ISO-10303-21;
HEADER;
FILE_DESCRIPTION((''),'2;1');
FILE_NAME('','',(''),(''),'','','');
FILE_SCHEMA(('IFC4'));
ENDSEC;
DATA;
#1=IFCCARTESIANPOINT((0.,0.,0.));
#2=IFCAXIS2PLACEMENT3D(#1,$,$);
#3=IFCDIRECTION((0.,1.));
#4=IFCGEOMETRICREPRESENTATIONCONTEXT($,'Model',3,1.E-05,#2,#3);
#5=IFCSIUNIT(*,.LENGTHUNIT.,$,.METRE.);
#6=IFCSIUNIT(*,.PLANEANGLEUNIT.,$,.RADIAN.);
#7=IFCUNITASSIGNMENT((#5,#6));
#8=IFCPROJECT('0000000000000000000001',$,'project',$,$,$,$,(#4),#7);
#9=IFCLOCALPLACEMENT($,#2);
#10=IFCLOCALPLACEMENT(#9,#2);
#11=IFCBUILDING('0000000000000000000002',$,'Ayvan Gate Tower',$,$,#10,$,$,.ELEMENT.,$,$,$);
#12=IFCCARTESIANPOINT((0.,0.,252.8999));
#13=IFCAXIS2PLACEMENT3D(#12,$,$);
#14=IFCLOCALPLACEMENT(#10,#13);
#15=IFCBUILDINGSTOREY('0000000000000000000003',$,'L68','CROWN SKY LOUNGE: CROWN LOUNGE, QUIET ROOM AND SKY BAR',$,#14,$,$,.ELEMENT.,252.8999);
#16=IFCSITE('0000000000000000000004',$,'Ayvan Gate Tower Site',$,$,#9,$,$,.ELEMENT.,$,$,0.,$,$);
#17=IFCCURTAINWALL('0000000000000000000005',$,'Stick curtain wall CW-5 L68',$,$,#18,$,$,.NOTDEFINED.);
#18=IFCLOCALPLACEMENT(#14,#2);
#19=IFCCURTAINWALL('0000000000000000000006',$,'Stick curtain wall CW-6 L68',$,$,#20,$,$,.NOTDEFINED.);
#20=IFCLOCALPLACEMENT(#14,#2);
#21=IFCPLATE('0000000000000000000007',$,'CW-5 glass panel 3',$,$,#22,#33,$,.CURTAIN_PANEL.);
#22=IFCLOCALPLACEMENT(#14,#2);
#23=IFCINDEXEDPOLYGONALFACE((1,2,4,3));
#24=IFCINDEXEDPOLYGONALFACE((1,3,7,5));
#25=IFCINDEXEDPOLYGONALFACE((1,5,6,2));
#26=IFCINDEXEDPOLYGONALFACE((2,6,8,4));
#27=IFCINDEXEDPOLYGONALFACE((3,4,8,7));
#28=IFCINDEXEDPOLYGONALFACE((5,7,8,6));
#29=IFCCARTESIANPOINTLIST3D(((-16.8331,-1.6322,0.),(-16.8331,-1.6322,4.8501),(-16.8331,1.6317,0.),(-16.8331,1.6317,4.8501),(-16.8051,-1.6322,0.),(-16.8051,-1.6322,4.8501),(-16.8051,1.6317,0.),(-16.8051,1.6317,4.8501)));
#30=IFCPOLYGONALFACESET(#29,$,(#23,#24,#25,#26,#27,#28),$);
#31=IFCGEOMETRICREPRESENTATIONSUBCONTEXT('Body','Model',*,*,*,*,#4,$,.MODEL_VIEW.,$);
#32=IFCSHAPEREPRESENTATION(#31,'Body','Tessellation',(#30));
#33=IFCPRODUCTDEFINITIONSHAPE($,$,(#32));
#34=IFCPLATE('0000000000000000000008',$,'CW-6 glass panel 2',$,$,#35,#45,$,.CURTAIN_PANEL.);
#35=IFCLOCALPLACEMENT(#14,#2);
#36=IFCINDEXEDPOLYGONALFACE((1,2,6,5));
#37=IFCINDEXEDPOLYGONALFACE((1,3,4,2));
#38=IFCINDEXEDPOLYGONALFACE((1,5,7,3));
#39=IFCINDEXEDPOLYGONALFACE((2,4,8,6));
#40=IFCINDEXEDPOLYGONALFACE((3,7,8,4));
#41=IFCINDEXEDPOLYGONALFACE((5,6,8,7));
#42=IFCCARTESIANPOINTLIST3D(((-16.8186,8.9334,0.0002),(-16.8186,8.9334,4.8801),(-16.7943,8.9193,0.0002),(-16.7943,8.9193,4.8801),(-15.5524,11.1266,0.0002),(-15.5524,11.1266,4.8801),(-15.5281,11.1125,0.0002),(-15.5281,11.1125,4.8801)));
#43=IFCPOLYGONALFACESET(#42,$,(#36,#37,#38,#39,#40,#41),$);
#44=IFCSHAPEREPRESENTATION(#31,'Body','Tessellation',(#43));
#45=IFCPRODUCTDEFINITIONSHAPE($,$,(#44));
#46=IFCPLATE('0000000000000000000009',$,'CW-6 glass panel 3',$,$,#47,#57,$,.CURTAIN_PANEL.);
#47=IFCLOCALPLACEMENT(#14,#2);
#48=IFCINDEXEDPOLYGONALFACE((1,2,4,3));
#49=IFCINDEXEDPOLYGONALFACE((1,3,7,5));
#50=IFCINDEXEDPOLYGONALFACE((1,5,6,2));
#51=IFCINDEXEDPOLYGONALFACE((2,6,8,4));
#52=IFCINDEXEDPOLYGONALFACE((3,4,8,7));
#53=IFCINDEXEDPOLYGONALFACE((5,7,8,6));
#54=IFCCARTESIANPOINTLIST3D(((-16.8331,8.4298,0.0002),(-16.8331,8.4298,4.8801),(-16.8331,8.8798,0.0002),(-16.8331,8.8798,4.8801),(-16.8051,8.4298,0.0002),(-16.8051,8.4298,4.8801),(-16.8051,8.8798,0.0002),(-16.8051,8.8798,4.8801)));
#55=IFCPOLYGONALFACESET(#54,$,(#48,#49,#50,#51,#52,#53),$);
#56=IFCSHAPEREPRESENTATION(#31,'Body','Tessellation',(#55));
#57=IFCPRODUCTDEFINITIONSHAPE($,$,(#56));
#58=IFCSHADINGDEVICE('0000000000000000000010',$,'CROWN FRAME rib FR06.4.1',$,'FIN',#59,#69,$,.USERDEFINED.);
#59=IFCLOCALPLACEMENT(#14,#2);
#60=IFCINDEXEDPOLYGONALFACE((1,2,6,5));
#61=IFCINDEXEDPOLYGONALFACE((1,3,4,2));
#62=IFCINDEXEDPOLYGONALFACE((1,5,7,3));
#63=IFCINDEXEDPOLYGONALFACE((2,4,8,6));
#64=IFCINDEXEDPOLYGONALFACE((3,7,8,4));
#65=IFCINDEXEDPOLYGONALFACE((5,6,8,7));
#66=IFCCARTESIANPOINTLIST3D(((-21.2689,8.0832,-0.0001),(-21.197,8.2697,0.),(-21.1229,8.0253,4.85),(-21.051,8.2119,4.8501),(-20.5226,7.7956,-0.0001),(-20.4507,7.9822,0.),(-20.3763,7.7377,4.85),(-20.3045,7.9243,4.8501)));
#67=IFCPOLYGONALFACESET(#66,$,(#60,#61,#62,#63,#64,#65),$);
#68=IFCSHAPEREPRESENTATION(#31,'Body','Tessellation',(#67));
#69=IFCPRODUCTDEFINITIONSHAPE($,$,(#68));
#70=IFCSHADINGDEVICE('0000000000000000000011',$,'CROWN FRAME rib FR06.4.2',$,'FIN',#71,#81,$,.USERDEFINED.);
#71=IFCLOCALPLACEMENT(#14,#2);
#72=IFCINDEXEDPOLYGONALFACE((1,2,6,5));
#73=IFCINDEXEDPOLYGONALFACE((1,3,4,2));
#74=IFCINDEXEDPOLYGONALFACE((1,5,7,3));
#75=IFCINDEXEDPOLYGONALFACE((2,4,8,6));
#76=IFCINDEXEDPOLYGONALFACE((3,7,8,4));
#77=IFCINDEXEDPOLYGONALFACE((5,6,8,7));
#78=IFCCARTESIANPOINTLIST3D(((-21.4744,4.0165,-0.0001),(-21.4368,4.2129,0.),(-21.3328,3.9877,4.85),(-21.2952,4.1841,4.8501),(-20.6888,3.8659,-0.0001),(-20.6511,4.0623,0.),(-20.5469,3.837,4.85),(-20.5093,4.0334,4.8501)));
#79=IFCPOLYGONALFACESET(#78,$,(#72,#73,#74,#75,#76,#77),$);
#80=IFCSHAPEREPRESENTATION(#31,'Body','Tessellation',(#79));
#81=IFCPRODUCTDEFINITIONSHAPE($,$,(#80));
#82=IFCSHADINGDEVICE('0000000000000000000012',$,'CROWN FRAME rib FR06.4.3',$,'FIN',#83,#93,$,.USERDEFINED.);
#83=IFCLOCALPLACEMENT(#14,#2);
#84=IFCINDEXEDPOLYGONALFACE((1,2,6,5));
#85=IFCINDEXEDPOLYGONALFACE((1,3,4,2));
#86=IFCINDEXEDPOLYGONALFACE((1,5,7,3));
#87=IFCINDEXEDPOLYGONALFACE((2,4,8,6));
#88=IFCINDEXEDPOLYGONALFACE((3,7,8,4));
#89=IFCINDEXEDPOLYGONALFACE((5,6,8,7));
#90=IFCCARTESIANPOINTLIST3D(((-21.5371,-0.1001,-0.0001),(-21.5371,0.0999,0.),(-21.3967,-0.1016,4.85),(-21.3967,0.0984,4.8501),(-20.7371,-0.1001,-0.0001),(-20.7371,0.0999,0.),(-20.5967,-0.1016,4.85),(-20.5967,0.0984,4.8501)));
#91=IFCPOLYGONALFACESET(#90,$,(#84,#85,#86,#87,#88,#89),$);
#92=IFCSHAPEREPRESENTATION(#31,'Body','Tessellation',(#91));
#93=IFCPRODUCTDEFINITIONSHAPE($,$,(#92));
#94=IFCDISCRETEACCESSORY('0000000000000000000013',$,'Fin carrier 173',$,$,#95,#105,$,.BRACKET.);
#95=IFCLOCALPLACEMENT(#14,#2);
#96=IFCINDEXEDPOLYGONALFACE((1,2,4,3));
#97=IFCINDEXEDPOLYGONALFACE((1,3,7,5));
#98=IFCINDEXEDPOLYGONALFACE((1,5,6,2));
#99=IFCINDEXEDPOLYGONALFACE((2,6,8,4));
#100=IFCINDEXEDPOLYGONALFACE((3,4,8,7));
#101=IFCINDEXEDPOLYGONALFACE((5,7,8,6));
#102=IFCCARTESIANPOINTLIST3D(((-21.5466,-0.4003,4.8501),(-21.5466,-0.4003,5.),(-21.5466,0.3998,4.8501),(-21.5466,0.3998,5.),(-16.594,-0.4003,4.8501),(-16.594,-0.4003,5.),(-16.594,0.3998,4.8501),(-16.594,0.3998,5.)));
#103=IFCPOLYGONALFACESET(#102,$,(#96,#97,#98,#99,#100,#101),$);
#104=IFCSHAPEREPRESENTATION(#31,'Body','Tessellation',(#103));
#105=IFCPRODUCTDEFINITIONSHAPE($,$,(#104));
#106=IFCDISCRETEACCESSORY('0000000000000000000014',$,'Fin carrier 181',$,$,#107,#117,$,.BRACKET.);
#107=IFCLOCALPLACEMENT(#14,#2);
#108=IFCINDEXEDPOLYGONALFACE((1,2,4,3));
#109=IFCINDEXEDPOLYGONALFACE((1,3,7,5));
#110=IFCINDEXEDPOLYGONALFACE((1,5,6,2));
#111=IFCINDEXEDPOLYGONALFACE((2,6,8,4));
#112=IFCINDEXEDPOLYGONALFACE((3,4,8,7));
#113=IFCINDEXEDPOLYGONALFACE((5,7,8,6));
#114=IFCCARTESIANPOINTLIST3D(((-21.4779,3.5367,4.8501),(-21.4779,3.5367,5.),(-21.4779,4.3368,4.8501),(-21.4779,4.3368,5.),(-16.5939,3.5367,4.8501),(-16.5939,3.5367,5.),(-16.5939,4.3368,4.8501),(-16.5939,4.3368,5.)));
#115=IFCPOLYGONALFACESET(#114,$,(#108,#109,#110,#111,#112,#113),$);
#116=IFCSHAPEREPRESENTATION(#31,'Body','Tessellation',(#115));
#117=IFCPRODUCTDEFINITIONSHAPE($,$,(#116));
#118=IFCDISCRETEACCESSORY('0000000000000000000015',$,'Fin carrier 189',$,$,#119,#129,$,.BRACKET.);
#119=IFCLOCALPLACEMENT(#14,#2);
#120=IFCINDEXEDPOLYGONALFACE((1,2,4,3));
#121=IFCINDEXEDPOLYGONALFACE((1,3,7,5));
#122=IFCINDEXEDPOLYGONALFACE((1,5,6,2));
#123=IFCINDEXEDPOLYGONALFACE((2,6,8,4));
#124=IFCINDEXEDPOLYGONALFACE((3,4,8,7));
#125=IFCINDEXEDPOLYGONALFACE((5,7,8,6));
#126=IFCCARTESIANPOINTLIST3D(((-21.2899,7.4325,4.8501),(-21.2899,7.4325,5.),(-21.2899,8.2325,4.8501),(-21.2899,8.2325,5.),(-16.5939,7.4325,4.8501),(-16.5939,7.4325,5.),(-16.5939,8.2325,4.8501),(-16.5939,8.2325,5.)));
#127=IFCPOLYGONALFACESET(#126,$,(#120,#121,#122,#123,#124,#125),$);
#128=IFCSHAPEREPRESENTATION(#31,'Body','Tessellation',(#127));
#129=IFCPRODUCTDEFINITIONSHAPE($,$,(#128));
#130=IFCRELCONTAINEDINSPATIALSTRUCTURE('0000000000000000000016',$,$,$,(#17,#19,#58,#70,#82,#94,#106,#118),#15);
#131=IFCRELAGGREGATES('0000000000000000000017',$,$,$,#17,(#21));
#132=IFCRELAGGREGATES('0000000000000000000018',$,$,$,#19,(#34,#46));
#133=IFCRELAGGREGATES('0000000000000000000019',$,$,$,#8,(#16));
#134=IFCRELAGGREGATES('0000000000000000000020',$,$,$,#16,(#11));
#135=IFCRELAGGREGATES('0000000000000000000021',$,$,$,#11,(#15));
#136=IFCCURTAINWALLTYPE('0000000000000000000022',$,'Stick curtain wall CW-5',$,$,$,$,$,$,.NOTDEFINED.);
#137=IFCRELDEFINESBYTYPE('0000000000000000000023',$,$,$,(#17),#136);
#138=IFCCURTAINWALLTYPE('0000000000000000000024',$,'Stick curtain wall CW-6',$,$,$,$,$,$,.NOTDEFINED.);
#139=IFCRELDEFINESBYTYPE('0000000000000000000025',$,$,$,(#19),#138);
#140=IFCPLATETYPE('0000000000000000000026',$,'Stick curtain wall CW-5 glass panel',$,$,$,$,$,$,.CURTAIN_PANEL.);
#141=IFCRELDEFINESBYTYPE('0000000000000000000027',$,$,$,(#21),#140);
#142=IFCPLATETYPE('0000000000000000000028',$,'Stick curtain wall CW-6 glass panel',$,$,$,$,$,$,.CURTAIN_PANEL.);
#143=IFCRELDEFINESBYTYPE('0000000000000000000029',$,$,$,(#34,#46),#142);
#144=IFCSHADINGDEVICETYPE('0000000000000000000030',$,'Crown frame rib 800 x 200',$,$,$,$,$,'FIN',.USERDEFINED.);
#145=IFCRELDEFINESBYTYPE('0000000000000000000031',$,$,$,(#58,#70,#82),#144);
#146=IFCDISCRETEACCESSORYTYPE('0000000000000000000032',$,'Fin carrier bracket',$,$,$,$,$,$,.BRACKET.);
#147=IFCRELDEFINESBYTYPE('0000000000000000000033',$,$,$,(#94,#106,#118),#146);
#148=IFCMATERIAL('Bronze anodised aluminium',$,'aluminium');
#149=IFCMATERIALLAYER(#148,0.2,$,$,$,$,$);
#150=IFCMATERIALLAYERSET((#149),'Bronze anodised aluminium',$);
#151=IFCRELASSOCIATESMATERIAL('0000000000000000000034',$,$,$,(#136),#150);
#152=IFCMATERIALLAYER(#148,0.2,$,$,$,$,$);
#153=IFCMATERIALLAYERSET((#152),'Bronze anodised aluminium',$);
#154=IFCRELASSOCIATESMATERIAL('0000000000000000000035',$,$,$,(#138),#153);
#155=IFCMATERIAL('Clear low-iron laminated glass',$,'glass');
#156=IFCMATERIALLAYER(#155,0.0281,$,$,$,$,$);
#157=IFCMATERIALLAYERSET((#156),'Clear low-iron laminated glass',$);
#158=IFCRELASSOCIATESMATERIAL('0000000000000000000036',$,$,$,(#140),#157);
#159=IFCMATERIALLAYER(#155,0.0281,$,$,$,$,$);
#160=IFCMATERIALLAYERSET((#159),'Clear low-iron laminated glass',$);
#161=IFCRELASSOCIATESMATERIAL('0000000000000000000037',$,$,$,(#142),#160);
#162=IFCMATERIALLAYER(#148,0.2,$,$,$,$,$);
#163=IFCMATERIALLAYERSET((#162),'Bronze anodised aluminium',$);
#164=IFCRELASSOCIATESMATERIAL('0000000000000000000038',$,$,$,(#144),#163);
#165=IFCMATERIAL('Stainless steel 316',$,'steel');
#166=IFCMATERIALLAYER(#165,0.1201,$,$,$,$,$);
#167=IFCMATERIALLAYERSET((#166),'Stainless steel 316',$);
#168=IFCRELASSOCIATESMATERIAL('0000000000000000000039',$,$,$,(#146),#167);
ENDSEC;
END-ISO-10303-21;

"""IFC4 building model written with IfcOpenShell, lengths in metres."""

from ifc_helpers import new_model, si_unit, direction, frame, origin, origin_2d, place, context, subcontext, project, spatial, polyline, rectangle, outline, extrude, material, layer, layer_set, type_object, element, aggregate, save


model = new_model("IFC4")

# Units and contexts
model_context = context("Model", 3, precision=1e-05, world=origin(), true_north=direction((0.0, 1.0)))
body_context = subcontext(model_context, "Body", "Model", "MODEL_VIEW")
ifc_project = project(units=[si_unit("LENGTHUNIT", "METRE"), si_unit("PLANEANGLEUNIT", "RADIAN")], contexts=[model_context])

# Site, building, storey
site_placement = place(None, origin())
site = spatial("IfcSite", under=ifc_project, at=site_placement, Name="Ayvan Gate Tower Site", CompositionType="ELEMENT", RefElevation=0.0)
building_placement = place(site_placement, origin())
building = spatial("IfcBuilding", under=site, at=building_placement, Name="Ayvan Gate Tower", CompositionType="ELEMENT")
storey_placement = place(building_placement, frame((0.0, 0.0, 252.8999)))
storey = spatial("IfcBuildingStorey", under=building, at=storey_placement, Name="L68", Description="CROWN SKY LOUNGE: CROWN LOUNGE, QUIET ROOM AND SKY BAR", CompositionType="ELEMENT", Elevation=252.8999)

# Curtain walls
ifc_material_1 = material(Name="Bronze anodised aluminium", Category="aluminium")
ifc_layer_1 = layer(ifc_material_1, 0.2)
ifc_layer_set_1 = layer_set([ifc_layer_1], Name="Bronze anodised aluminium")
curtain_wall_type_1 = type_object("IfcCurtainWallType", Name="Stick curtain wall CW-5", PredefinedType="NOTDEFINED", material=ifc_layer_set_1)
curtain_wall_1_placement = place(storey_placement, origin())
curtain_wall_1 = element("IfcCurtainWall", 1, at=curtain_wall_1_placement, inside=storey, type_object=curtain_wall_type_1, Name="Stick curtain wall CW-5 L68", PredefinedType="NOTDEFINED")
ifc_layer_2 = layer(ifc_material_1, 0.2)
ifc_layer_set_2 = layer_set([ifc_layer_2], Name="Bronze anodised aluminium")
curtain_wall_type_2 = type_object("IfcCurtainWallType", Name="Stick curtain wall CW-6", PredefinedType="NOTDEFINED", material=ifc_layer_set_2)
curtain_wall_2_placement = place(storey_placement, origin())
curtain_wall_2 = element("IfcCurtainWall", 2, at=curtain_wall_2_placement, inside=storey, type_object=curtain_wall_type_2, Name="Stick curtain wall CW-6 L68", PredefinedType="NOTDEFINED")

# Plates
ifc_material_2 = material(Name="Clear low-iron laminated glass", Category="glass")
ifc_layer_3 = layer(ifc_material_2, 0.0281)
ifc_layer_set_3 = layer_set([ifc_layer_3], Name="Clear low-iron laminated glass")
plate_type_1 = type_object("IfcPlateType", Name="Stick curtain wall CW-5 glass panel", PredefinedType="CURTAIN_PANEL", material=ifc_layer_set_3)
plate_1_placement = place(storey_placement, frame((-16.8191, -0.0002, 0.0), z_axis=(0.0, 0.0, 1.0), x_axis=(0.0, -1.0, 0.0)))
plate_1 = element("IfcPlate", 3, at=plate_1_placement, type_object=plate_type_1, Name="CW-5 glass panel 3", PredefinedType="CURTAIN_PANEL", context=body_context, shape_type="SweptSolid", body=[
    extrude(rectangle(XDim=3.2639, YDim=0.0281, at=origin_2d()), origin(), (0.0, 0.0, 1.0), 4.8501),
])
aggregate(curtain_wall_1, [plate_1])
ifc_layer_4 = layer(ifc_material_2, 0.0281)
ifc_layer_set_4 = layer_set([ifc_layer_4], Name="Clear low-iron laminated glass")
plate_type_2 = type_object("IfcPlateType", Name="Stick curtain wall CW-6 glass panel", PredefinedType="CURTAIN_PANEL", material=ifc_layer_set_4)
plate_2_placement = place(storey_placement, frame((-16.1733, 10.0229, 0.0002), z_axis=(0.0, 0.0, 1.0), x_axis=(-0.5, -0.866025, 0.0)))
plate_2 = element("IfcPlate", 4, at=plate_2_placement, type_object=plate_type_2, Name="CW-6 glass panel 2", PredefinedType="CURTAIN_PANEL", context=body_context, shape_type="SweptSolid", body=[
    extrude(rectangle(XDim=2.5325, YDim=0.0281, at=origin_2d()), origin(), (0.0, 0.0, 1.0), 4.8799),
])
plate_3_placement = place(storey_placement, frame((-16.8191, 8.6548, 0.0002), z_axis=(0.0, 0.0, 1.0), x_axis=(0.0, -1.0, 0.0)))
plate_3 = element("IfcPlate", 5, at=plate_3_placement, type_object=plate_type_2, Name="CW-6 glass panel 3", PredefinedType="CURTAIN_PANEL", context=body_context, shape_type="SweptSolid", body=[
    extrude(rectangle(XDim=0.45, YDim=0.0281, at=origin_2d()), origin(), (0.0, 0.0, 1.0), 4.8799),
])
aggregate(curtain_wall_2, [plate_2, plate_3])

# Shading devices
ifc_layer_5 = layer(ifc_material_1, 0.2)
ifc_layer_set_5 = layer_set([ifc_layer_5], Name="Bronze anodised aluminium")
shading_device_type = type_object("IfcShadingDeviceType", Name="Crown frame rib 800 x 200", ElementType="FIN", PredefinedType="USERDEFINED", material=ifc_layer_set_5)
shading_device_1_placement = place(storey_placement, frame((-20.4507, 7.9822, 0.0), z_axis=(0.359521, 0.933137, 0.000301), x_axis=(-0.933137, 0.359521, 0.0)))
element("IfcShadingDevice", 6, at=shading_device_1_placement, inside=storey, type_object=shading_device_type, Name="CROWN FRAME rib FR06.4.1", ObjectType="FIN", PredefinedType="USERDEFINED", context=body_context, shape_type="SweptSolid", body=[
    extrude(outline(polyline([(0.0, 0.0), (0.7998, 0.0), (0.6428, 4.8501), (-0.1573, 4.8501), (0.0, 0.0)])), origin(), (0.0, 0.0, -1.0), 0.2),
])
shading_device_2_placement = place(storey_placement, frame((-20.6511, 4.0623, 0.0), z_axis=(0.188276, 0.982116, 0.000332), x_axis=(-0.982116, 0.188276, 0.0)))
element("IfcShadingDevice", 7, at=shading_device_2_placement, inside=storey, type_object=shading_device_type, Name="CROWN FRAME rib FR06.4.2", ObjectType="FIN", PredefinedType="USERDEFINED", context=body_context, shape_type="SweptSolid", body=[
    extrude(outline(polyline([(0.0, 0.0), (0.8, 0.0), (0.6555, 4.8501), (-0.1447, 4.8501), (0.0, 0.0)])), origin(), (0.0, 0.0, -1.0), 0.2),
])
shading_device_3_placement = place(storey_placement, frame((-20.7371, 0.0999, 0.0), z_axis=(0.0, 1.0, 0.000302), x_axis=(-1.0, 0.0, 0.0)))
element("IfcShadingDevice", 8, at=shading_device_3_placement, inside=storey, type_object=shading_device_type, Name="CROWN FRAME rib FR06.4.3", ObjectType="FIN", PredefinedType="USERDEFINED", context=body_context, shape_type="SweptSolid", body=[
    extrude(outline(polyline([(0.0, 0.0), (0.8, 0.0), (0.6597, 4.8501), (-0.1404, 4.8501), (0.0, 0.0)])), origin(), (0.0, 0.0, -1.0), 0.2),
])

# Discrete accessories
ifc_material_3 = material(Name="Stainless steel 316", Category="steel")
ifc_layer_6 = layer(ifc_material_3, 0.1201)
ifc_layer_set_6 = layer_set([ifc_layer_6], Name="Stainless steel 316")
discrete_accessory_type = type_object("IfcDiscreteAccessoryType", Name="Fin carrier bracket", PredefinedType="BRACKET", material=ifc_layer_set_6)
discrete_accessory_1_placement = place(storey_placement, frame((-19.0703, -0.0002, 4.8501), z_axis=(0.0, 0.0, 1.0), x_axis=(0.0, -1.0, 0.0)))
element("IfcDiscreteAccessory", 9, at=discrete_accessory_1_placement, inside=storey, type_object=discrete_accessory_type, Name="Fin carrier 173", PredefinedType="BRACKET", context=body_context, shape_type="SweptSolid", body=[
    extrude(rectangle(XDim=0.8, YDim=4.9526, at=origin_2d()), origin(), (0.0, 0.0, 1.0), 0.1499),
])
discrete_accessory_2_placement = place(storey_placement, frame((-19.0359, 3.9368, 4.8501), z_axis=(0.0, 0.0, 1.0), x_axis=(0.0, -1.0, 0.0)))
element("IfcDiscreteAccessory", 10, at=discrete_accessory_2_placement, inside=storey, type_object=discrete_accessory_type, Name="Fin carrier 181", PredefinedType="BRACKET", context=body_context, shape_type="SweptSolid", body=[
    extrude(rectangle(XDim=0.8, YDim=4.884, at=origin_2d()), origin(), (0.0, 0.0, 1.0), 0.1499),
])
discrete_accessory_3_placement = place(storey_placement, frame((-18.9419, 7.8325, 4.8501), z_axis=(0.0, 0.0, 1.0), x_axis=(0.0, -1.0, 0.0)))
element("IfcDiscreteAccessory", 11, at=discrete_accessory_3_placement, inside=storey, type_object=discrete_accessory_type, Name="Fin carrier 189", PredefinedType="BRACKET", context=body_context, shape_type="SweptSolid", body=[
    extrude(rectangle(XDim=0.8, YDim=4.696, at=origin_2d()), origin(), (0.0, 0.0, 1.0), 0.1499),
])

save(model, "model.ifc")
